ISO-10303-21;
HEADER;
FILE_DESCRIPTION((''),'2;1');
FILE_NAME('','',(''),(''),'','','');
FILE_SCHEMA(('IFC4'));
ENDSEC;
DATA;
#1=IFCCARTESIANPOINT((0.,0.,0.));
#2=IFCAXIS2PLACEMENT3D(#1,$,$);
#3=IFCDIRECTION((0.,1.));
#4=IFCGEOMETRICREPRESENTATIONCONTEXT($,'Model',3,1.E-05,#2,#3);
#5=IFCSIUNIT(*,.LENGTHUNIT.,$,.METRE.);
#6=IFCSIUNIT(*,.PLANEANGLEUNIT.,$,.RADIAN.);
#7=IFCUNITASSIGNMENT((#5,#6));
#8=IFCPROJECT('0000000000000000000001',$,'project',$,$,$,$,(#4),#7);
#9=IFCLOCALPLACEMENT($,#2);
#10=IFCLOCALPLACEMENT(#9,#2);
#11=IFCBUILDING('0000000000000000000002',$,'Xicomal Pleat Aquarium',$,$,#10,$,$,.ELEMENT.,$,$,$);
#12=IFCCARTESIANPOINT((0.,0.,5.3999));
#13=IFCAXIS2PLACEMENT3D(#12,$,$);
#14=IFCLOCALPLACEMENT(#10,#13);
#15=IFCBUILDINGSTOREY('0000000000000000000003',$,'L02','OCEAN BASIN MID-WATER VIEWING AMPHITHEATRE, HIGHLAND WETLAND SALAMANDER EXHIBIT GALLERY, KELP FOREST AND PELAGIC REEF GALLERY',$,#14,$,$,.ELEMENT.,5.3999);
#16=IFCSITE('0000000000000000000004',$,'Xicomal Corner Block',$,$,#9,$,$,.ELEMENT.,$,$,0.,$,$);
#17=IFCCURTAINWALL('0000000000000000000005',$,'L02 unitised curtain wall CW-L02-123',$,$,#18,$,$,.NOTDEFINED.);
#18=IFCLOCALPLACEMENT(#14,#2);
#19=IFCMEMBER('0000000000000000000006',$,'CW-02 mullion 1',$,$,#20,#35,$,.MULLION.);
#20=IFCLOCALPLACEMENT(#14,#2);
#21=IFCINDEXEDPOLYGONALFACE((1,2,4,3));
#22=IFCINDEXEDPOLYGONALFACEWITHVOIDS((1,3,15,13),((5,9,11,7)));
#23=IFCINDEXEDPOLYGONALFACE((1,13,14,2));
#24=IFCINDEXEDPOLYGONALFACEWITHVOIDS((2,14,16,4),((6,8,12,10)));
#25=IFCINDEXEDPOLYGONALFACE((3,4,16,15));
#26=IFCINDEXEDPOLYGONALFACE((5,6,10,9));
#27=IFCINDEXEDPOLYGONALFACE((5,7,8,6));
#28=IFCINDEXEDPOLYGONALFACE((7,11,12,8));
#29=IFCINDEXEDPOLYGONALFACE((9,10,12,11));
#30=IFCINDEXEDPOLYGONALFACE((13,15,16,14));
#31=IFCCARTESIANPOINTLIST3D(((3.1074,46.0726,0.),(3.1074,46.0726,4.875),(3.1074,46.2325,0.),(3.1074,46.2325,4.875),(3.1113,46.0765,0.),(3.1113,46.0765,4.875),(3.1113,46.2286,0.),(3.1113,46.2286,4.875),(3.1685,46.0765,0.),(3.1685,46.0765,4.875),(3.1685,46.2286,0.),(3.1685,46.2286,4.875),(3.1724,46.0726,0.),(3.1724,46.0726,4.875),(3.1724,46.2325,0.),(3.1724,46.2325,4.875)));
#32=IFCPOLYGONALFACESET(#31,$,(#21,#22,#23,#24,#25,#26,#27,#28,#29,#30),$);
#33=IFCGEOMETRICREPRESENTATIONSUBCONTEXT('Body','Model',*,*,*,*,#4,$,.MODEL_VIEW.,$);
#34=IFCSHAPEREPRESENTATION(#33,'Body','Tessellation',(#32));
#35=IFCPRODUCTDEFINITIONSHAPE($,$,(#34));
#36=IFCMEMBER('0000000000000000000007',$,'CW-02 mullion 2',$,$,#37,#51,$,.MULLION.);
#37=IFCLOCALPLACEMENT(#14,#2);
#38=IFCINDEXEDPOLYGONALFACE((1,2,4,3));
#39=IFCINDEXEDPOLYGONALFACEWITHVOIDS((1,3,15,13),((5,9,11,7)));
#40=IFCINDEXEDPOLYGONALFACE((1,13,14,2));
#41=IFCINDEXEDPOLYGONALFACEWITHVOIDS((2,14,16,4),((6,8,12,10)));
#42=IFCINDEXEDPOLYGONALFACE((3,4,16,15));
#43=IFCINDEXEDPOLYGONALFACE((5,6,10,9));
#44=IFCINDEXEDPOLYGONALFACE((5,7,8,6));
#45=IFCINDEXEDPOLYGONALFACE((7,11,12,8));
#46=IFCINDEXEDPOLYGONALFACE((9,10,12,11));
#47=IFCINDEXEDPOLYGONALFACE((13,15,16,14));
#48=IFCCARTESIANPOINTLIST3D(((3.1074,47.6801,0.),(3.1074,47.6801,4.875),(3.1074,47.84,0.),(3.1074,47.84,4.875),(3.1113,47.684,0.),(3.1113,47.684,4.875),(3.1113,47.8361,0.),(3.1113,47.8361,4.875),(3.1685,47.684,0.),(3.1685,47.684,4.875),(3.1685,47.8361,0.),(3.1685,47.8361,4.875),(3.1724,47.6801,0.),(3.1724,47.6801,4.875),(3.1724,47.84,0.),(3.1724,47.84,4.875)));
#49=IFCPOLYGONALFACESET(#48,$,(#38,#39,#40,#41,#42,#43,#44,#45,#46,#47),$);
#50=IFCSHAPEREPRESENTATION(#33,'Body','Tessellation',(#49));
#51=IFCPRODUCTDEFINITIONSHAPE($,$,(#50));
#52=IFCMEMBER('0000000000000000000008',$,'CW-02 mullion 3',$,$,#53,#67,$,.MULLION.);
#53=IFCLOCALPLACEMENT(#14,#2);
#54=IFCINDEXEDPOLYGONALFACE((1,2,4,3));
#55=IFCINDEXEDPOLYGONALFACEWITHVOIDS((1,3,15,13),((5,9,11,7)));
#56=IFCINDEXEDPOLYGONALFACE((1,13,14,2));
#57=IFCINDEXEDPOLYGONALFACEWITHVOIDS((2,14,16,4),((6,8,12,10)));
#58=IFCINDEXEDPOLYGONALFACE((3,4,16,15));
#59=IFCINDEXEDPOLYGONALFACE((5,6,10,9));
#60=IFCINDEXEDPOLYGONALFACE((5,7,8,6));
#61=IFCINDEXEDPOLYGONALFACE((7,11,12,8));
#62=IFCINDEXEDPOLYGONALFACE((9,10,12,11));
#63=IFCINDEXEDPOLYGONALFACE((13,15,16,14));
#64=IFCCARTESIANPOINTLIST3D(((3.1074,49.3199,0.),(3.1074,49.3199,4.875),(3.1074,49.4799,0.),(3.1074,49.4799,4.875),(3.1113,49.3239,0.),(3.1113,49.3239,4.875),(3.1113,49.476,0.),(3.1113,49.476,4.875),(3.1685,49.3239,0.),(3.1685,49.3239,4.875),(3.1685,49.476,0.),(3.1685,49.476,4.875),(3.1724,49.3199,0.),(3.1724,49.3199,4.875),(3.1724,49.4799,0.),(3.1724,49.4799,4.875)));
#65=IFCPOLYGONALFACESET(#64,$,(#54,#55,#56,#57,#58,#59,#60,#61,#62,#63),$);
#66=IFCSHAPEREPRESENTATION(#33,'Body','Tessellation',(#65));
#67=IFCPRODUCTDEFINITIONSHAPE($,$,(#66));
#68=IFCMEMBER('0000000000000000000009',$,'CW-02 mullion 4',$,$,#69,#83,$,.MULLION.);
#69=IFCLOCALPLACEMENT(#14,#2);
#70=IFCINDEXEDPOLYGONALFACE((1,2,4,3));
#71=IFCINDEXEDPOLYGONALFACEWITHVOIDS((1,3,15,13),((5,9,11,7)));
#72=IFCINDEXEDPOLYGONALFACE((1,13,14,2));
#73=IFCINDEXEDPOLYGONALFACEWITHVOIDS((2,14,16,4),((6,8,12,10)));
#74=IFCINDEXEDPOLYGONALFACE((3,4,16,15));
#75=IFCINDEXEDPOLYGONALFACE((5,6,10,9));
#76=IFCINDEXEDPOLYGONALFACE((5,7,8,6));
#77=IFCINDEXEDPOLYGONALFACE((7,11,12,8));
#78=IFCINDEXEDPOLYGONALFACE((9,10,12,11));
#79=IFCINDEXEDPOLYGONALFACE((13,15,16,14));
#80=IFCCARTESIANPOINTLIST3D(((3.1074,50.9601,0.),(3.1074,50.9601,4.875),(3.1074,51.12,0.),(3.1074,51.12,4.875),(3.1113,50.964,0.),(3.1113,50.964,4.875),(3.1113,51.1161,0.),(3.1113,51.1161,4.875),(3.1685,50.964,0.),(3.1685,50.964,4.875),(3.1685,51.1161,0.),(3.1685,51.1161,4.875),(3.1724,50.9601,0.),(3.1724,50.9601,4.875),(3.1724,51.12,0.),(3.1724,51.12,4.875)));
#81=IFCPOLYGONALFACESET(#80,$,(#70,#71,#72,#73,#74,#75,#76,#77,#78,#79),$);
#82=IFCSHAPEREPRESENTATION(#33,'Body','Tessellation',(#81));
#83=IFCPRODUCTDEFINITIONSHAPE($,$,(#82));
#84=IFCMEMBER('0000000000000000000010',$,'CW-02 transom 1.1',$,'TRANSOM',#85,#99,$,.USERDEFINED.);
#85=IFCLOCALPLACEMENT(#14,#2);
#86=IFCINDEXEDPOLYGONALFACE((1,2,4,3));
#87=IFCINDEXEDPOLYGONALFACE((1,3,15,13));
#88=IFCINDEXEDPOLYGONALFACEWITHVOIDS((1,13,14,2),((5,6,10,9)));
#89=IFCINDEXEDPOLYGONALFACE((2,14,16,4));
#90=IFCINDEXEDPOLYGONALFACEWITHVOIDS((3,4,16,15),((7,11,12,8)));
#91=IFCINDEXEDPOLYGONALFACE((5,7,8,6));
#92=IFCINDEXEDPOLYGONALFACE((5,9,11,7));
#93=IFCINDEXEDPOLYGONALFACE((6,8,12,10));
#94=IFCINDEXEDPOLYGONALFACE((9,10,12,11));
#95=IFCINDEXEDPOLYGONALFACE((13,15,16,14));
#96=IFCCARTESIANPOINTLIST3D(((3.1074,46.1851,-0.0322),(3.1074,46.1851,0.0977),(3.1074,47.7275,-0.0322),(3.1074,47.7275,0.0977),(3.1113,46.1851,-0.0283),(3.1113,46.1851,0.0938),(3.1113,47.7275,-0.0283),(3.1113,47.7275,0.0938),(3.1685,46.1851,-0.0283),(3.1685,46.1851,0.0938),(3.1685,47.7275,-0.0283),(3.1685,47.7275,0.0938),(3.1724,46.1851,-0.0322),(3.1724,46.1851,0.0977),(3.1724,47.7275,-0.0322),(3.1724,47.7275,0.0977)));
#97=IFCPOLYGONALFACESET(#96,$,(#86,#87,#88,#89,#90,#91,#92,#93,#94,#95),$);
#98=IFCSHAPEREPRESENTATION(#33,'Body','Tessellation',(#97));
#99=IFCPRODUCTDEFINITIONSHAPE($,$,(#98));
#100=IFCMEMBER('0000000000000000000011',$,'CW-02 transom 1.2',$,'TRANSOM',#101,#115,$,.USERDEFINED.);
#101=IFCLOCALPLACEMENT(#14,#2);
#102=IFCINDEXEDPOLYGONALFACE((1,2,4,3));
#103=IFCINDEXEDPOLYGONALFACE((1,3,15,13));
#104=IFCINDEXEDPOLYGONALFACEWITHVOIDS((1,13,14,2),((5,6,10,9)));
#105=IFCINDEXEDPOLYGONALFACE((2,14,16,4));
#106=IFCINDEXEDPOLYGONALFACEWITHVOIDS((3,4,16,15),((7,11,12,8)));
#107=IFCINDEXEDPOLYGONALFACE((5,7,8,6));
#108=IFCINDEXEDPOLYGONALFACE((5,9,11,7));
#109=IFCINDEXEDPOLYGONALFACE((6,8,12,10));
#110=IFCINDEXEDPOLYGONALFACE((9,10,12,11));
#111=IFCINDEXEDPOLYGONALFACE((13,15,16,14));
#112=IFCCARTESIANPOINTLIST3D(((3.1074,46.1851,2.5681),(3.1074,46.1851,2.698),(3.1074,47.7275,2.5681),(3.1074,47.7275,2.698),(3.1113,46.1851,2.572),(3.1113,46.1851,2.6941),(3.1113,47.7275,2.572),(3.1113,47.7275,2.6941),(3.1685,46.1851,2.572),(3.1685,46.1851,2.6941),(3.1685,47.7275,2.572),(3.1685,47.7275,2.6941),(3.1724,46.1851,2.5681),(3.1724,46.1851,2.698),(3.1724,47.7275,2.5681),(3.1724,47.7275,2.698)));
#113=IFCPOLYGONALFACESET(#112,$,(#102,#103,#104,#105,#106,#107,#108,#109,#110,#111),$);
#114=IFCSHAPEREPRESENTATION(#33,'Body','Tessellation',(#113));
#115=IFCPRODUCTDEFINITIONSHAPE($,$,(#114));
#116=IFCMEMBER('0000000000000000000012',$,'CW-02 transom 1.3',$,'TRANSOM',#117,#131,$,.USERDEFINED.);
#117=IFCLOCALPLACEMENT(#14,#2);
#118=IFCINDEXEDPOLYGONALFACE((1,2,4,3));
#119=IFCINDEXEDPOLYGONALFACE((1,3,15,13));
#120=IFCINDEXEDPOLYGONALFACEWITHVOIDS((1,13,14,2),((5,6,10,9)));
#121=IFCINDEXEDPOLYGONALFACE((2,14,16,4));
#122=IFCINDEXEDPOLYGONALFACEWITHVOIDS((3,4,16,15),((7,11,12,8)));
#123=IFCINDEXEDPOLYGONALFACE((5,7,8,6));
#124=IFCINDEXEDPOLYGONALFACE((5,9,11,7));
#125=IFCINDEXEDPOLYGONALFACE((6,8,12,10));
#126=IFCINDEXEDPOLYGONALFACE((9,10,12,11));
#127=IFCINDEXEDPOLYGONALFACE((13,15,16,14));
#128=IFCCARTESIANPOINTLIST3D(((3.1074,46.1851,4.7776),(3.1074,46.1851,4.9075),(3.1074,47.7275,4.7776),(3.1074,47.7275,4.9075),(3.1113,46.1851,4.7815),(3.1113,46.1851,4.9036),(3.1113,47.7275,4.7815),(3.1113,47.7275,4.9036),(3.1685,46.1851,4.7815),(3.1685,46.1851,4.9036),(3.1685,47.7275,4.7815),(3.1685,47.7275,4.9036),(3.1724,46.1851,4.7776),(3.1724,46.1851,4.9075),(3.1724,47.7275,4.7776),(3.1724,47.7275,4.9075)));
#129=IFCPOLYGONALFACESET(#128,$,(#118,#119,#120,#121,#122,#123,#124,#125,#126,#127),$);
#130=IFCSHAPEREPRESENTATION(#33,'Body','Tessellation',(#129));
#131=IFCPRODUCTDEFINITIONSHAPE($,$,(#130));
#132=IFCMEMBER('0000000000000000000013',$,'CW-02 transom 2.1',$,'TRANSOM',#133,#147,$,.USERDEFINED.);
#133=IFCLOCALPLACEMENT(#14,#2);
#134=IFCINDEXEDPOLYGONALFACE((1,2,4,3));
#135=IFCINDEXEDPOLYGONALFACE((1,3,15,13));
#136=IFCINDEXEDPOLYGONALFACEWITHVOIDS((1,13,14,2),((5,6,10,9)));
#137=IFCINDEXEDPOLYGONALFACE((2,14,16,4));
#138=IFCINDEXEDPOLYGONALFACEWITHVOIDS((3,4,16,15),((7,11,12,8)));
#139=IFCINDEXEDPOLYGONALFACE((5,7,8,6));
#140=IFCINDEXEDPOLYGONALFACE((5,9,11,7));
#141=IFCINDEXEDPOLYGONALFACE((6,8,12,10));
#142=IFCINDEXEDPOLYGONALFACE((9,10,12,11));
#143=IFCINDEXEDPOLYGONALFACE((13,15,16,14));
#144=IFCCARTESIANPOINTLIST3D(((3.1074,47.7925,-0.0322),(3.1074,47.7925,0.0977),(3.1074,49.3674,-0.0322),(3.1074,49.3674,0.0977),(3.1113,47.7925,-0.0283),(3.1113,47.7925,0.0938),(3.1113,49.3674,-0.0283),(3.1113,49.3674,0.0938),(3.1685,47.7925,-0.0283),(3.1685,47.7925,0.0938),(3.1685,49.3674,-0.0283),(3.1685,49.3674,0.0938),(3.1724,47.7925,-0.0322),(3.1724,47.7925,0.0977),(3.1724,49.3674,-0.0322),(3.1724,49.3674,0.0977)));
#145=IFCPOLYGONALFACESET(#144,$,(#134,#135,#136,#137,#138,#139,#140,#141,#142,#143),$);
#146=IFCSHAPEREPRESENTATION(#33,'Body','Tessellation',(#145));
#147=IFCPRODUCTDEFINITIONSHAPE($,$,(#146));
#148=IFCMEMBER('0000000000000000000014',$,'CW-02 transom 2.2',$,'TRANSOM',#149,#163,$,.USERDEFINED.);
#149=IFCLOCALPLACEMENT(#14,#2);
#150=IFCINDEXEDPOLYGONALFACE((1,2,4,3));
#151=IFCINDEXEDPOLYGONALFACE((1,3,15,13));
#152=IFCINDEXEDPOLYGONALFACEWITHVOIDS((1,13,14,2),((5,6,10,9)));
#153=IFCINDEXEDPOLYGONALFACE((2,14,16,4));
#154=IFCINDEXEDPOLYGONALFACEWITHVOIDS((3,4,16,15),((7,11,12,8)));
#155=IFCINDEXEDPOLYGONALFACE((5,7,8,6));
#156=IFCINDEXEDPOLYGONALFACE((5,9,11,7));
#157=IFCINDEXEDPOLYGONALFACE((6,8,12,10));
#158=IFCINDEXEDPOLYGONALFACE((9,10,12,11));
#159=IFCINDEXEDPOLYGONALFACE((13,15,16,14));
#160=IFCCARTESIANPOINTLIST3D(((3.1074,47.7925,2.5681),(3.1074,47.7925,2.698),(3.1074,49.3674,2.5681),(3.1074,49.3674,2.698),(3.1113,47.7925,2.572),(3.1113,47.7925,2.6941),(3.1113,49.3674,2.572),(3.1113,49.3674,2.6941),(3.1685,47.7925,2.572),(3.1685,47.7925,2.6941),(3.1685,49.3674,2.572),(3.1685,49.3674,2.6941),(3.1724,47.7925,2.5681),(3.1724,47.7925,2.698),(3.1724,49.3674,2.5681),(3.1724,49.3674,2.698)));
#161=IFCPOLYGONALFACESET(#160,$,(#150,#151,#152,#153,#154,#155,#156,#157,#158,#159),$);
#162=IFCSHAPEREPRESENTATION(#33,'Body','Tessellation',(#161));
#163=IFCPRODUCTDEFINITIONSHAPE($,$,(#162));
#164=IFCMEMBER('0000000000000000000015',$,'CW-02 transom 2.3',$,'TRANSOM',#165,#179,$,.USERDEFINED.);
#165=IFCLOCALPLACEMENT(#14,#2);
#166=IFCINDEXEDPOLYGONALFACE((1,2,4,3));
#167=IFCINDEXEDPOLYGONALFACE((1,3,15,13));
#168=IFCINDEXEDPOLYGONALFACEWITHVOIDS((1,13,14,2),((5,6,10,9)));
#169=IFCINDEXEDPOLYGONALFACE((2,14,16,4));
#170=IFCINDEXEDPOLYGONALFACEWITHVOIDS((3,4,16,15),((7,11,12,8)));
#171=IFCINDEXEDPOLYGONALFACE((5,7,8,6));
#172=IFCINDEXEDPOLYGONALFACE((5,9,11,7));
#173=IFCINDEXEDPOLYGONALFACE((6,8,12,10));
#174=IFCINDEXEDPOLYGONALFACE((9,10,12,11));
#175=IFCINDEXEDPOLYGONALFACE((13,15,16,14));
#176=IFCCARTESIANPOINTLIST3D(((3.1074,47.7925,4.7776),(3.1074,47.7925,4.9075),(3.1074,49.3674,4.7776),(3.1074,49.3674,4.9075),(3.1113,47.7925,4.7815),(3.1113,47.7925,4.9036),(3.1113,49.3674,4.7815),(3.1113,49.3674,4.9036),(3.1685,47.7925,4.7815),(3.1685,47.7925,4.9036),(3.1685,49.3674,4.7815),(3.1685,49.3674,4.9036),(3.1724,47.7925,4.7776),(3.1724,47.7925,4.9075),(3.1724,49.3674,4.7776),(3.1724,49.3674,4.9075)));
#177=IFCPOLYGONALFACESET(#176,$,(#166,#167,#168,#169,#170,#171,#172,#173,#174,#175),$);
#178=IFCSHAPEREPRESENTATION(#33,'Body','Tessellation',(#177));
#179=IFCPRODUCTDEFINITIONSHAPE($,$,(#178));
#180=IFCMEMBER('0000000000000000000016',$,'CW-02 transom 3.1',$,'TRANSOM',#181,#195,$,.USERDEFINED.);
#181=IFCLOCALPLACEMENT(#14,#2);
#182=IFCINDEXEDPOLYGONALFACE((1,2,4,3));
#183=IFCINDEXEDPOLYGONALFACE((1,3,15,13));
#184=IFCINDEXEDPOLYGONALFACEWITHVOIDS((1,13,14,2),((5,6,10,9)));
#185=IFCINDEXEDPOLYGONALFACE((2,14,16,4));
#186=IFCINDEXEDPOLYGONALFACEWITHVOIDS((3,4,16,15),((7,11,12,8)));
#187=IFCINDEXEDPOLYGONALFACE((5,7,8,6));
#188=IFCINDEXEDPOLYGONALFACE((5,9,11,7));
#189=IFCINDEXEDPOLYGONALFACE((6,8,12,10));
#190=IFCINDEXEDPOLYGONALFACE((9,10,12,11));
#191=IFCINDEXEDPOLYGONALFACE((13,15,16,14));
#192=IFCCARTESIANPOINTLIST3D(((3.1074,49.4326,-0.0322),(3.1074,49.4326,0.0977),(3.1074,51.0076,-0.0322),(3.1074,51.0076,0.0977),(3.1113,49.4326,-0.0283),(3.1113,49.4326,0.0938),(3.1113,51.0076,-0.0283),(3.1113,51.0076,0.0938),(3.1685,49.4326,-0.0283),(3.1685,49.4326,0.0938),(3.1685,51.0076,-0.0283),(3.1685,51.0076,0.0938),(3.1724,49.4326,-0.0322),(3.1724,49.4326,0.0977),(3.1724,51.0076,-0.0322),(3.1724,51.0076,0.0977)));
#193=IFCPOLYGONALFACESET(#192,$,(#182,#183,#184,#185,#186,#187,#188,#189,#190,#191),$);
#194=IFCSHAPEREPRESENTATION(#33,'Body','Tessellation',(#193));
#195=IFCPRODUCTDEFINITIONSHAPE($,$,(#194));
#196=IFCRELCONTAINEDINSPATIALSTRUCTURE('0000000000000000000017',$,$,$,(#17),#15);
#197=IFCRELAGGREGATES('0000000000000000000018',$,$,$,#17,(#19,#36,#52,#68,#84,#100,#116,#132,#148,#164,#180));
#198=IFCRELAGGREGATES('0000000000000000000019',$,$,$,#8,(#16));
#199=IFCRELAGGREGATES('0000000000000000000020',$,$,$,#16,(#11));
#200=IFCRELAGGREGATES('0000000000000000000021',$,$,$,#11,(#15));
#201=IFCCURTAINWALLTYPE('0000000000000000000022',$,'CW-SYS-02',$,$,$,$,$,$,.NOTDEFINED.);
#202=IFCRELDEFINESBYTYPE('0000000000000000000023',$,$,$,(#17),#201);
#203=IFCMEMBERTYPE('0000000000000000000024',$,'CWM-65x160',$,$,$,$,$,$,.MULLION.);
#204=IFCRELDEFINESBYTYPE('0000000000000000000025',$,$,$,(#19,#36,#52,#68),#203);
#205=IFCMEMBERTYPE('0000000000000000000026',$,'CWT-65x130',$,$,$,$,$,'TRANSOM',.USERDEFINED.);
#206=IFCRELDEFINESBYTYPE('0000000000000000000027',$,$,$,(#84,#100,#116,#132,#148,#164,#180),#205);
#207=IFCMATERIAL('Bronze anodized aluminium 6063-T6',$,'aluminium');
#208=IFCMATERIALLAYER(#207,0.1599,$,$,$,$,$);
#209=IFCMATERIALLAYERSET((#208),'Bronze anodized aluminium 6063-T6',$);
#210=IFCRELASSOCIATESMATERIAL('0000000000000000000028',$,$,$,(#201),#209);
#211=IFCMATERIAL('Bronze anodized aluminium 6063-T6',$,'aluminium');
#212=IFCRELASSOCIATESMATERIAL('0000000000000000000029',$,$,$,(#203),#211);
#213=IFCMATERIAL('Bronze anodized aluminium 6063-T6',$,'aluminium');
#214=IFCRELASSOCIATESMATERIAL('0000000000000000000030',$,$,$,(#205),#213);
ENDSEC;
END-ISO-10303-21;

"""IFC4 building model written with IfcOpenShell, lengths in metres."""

from ifc_helpers import new_model, si_unit, direction, frame, origin, origin_2d, place, context, subcontext, project, spatial, hollow_rectangle, extrude, material, layer, layer_set, material_profile, profile_set, type_object, element, aggregate, save


model = new_model("IFC4")

# Units and contexts
model_context = context("Model", 3, precision=1e-05, world=origin(), true_north=direction((0.0, 1.0)))
body_context = subcontext(model_context, "Body", "Model", "MODEL_VIEW")
ifc_project = project(units=[si_unit("LENGTHUNIT", "METRE"), si_unit("PLANEANGLEUNIT", "RADIAN")], contexts=[model_context])

# Site, building, storey
site_placement = place(None, origin())
site = spatial("IfcSite", under=ifc_project, at=site_placement, Name="Xicomal Corner Block", CompositionType="ELEMENT", RefElevation=0.0)
building_placement = place(site_placement, origin())
building = spatial("IfcBuilding", under=site, at=building_placement, Name="Xicomal Pleat Aquarium", CompositionType="ELEMENT")
storey_placement = place(building_placement, frame((0.0, 0.0, 5.3999)))
storey = spatial("IfcBuildingStorey", under=building, at=storey_placement, Name="L02", Description="OCEAN BASIN MID-WATER VIEWING AMPHITHEATRE, HIGHLAND WETLAND SALAMANDER EXHIBIT GALLERY, KELP FOREST AND PELAGIC REEF GALLERY", CompositionType="ELEMENT", Elevation=5.3999)

# Curtain wall, members
ifc_material_1 = material(Name="Bronze anodized aluminium 6063-T6", Category="aluminium")
ifc_layer_1 = layer(ifc_material_1, 0.1599)
ifc_layer_set_1 = layer_set([ifc_layer_1], Name="Bronze anodized aluminium 6063-T6")
curtain_wall_type = type_object("IfcCurtainWallType", Name="CW-SYS-02", PredefinedType="NOTDEFINED", material=ifc_layer_set_1)
curtain_wall_placement = place(storey_placement, origin())
curtain_wall = element("IfcCurtainWall", 1, at=curtain_wall_placement, inside=storey, type_object=curtain_wall_type, Name="L02 unitised curtain wall CW-L02-123", PredefinedType="NOTDEFINED")
ifc_material_2 = material(Name="Bronze anodized aluminium 6063-T6", Category="aluminium")
ifc_material_profile_1 = material_profile(ifc_material_2, hollow_rectangle(XDim=0.0649, YDim=0.1599, WallThickness=0.0039, at=origin_2d()), Name="ALU MULL 65x160")
ifc_profile_set_1 = profile_set([ifc_material_profile_1], Name="Bronze anodized aluminium 6063-T6")
member_type_1 = type_object("IfcMemberType", Name="CWM-65x160", PredefinedType="MULLION", material=ifc_profile_set_1)
member_1_placement = place(storey_placement, frame((3.1399, 46.1526, 0.0), z_axis=(0.0, 0.0, 1.0), x_axis=(-1.0, 0.0, 0.0)))
member_1 = element("IfcMember", 2, at=member_1_placement, type_object=member_type_1, Name="CW-02 mullion 1", PredefinedType="MULLION", context=body_context, shape_type="SweptSolid", body=[
    extrude(hollow_rectangle(XDim=0.0649, YDim=0.1599, WallThickness=0.0039, at=origin_2d()), origin(), (0.0, 0.0, 1.0), 4.875),
])
member_2_placement = place(storey_placement, frame((3.1399, 47.76, 0.0), z_axis=(0.0, 0.0, 1.0), x_axis=(-1.0, 0.0, 0.0)))
member_2 = element("IfcMember", 3, at=member_2_placement, type_object=member_type_1, Name="CW-02 mullion 2", PredefinedType="MULLION", context=body_context, shape_type="SweptSolid", body=[
    extrude(hollow_rectangle(XDim=0.0649, YDim=0.1599, WallThickness=0.0039, at=origin_2d()), origin(), (0.0, 0.0, 1.0), 4.875),
])
member_3_placement = place(storey_placement, frame((3.1399, 49.3999, 0.0), z_axis=(0.0, 0.0, 1.0), x_axis=(-1.0, 0.0, 0.0)))
member_3 = element("IfcMember", 4, at=member_3_placement, type_object=member_type_1, Name="CW-02 mullion 3", PredefinedType="MULLION", context=body_context, shape_type="SweptSolid", body=[
    extrude(hollow_rectangle(XDim=0.0649, YDim=0.1599, WallThickness=0.0039, at=origin_2d()), origin(), (0.0, 0.0, 1.0), 4.875),
])
member_4_placement = place(storey_placement, frame((3.1399, 51.04, 0.0), z_axis=(0.0, 0.0, 1.0), x_axis=(-1.0, 0.0, 0.0)))
member_4 = element("IfcMember", 5, at=member_4_placement, type_object=member_type_1, Name="CW-02 mullion 4", PredefinedType="MULLION", context=body_context, shape_type="SweptSolid", body=[
    extrude(hollow_rectangle(XDim=0.0649, YDim=0.1599, WallThickness=0.0039, at=origin_2d()), origin(), (0.0, 0.0, 1.0), 4.875),
])
ifc_material_3 = material(Name="Bronze anodized aluminium 6063-T6", Category="aluminium")
ifc_material_profile_2 = material_profile(ifc_material_3, hollow_rectangle(XDim=0.0649, YDim=0.1299, WallThickness=0.0039, at=origin_2d()), Name="ALU TRAN 65x130")
ifc_profile_set_2 = profile_set([ifc_material_profile_2], Name="Bronze anodized aluminium 6063-T6")
member_type_2 = type_object("IfcMemberType", Name="CWT-65x130", ElementType="TRANSOM", PredefinedType="USERDEFINED", material=ifc_profile_set_2)
member_5_placement = place(storey_placement, frame((3.1399, 46.1851, 0.0327), z_axis=(0.0, 1.0, 0.0), x_axis=(-1.0, 0.0, 0.0)))
member_5 = element("IfcMember", 6, at=member_5_placement, type_object=member_type_2, Name="CW-02 transom 1.1", ObjectType="TRANSOM", PredefinedType="USERDEFINED", context=body_context, shape_type="SweptSolid", body=[
    extrude(hollow_rectangle(XDim=0.0649, YDim=0.1299, WallThickness=0.0039, at=origin_2d()), origin(), (0.0, 0.0, 1.0), 1.5425),
])
member_6_placement = place(storey_placement, frame((3.1399, 46.1851, 2.6331), z_axis=(0.0, 1.0, 0.0), x_axis=(-1.0, 0.0, 0.0)))
member_6 = element("IfcMember", 7, at=member_6_placement, type_object=member_type_2, Name="CW-02 transom 1.2", ObjectType="TRANSOM", PredefinedType="USERDEFINED", context=body_context, shape_type="SweptSolid", body=[
    extrude(hollow_rectangle(XDim=0.0649, YDim=0.1299, WallThickness=0.0039, at=origin_2d()), origin(), (0.0, 0.0, 1.0), 1.5425),
])
member_7_placement = place(storey_placement, frame((3.1399, 46.1851, 4.8425), z_axis=(0.0, 1.0, 0.0), x_axis=(-1.0, 0.0, 0.0)))
member_7 = element("IfcMember", 8, at=member_7_placement, type_object=member_type_2, Name="CW-02 transom 1.3", ObjectType="TRANSOM", PredefinedType="USERDEFINED", context=body_context, shape_type="SweptSolid", body=[
    extrude(hollow_rectangle(XDim=0.0649, YDim=0.1299, WallThickness=0.0039, at=origin_2d()), origin(), (0.0, 0.0, 1.0), 1.5425),
])
member_8_placement = place(storey_placement, frame((3.1399, 47.7925, 0.0327), z_axis=(0.0, 1.0, 0.0), x_axis=(-1.0, 0.0, 0.0)))
member_8 = element("IfcMember", 9, at=member_8_placement, type_object=member_type_2, Name="CW-02 transom 2.1", ObjectType="TRANSOM", PredefinedType="USERDEFINED", context=body_context, shape_type="SweptSolid", body=[
    extrude(hollow_rectangle(XDim=0.0649, YDim=0.1299, WallThickness=0.0039, at=origin_2d()), origin(), (0.0, 0.0, 1.0), 1.575),
])
member_9_placement = place(storey_placement, frame((3.1399, 47.7925, 2.6331), z_axis=(0.0, 1.0, 0.0), x_axis=(-1.0, 0.0, 0.0)))
member_9 = element("IfcMember", 10, at=member_9_placement, type_object=member_type_2, Name="CW-02 transom 2.2", ObjectType="TRANSOM", PredefinedType="USERDEFINED", context=body_context, shape_type="SweptSolid", body=[
    extrude(hollow_rectangle(XDim=0.0649, YDim=0.1299, WallThickness=0.0039, at=origin_2d()), origin(), (0.0, 0.0, 1.0), 1.575),
])
member_10_placement = place(storey_placement, frame((3.1399, 47.7925, 4.8425), z_axis=(0.0, 1.0, 0.0), x_axis=(-1.0, 0.0, 0.0)))
member_10 = element("IfcMember", 11, at=member_10_placement, type_object=member_type_2, Name="CW-02 transom 2.3", ObjectType="TRANSOM", PredefinedType="USERDEFINED", context=body_context, shape_type="SweptSolid", body=[
    extrude(hollow_rectangle(XDim=0.0649, YDim=0.1299, WallThickness=0.0039, at=origin_2d()), origin(), (0.0, 0.0, 1.0), 1.575),
])
member_11_placement = place(storey_placement, frame((3.1399, 49.4326, 0.0327), z_axis=(0.0, 1.0, 0.0), x_axis=(-1.0, 0.0, 0.0)))
member_11 = element("IfcMember", 12, at=member_11_placement, type_object=member_type_2, Name="CW-02 transom 3.1", ObjectType="TRANSOM", PredefinedType="USERDEFINED", context=body_context, shape_type="SweptSolid", body=[
    extrude(hollow_rectangle(XDim=0.0649, YDim=0.1299, WallThickness=0.0039, at=origin_2d()), origin(), (0.0, 0.0, 1.0), 1.575),
])
aggregate(curtain_wall, [member_1, member_2, member_3, member_4, member_5, member_6, member_7, member_8, member_9, member_10, member_11])

save(model, "model.ifc")
